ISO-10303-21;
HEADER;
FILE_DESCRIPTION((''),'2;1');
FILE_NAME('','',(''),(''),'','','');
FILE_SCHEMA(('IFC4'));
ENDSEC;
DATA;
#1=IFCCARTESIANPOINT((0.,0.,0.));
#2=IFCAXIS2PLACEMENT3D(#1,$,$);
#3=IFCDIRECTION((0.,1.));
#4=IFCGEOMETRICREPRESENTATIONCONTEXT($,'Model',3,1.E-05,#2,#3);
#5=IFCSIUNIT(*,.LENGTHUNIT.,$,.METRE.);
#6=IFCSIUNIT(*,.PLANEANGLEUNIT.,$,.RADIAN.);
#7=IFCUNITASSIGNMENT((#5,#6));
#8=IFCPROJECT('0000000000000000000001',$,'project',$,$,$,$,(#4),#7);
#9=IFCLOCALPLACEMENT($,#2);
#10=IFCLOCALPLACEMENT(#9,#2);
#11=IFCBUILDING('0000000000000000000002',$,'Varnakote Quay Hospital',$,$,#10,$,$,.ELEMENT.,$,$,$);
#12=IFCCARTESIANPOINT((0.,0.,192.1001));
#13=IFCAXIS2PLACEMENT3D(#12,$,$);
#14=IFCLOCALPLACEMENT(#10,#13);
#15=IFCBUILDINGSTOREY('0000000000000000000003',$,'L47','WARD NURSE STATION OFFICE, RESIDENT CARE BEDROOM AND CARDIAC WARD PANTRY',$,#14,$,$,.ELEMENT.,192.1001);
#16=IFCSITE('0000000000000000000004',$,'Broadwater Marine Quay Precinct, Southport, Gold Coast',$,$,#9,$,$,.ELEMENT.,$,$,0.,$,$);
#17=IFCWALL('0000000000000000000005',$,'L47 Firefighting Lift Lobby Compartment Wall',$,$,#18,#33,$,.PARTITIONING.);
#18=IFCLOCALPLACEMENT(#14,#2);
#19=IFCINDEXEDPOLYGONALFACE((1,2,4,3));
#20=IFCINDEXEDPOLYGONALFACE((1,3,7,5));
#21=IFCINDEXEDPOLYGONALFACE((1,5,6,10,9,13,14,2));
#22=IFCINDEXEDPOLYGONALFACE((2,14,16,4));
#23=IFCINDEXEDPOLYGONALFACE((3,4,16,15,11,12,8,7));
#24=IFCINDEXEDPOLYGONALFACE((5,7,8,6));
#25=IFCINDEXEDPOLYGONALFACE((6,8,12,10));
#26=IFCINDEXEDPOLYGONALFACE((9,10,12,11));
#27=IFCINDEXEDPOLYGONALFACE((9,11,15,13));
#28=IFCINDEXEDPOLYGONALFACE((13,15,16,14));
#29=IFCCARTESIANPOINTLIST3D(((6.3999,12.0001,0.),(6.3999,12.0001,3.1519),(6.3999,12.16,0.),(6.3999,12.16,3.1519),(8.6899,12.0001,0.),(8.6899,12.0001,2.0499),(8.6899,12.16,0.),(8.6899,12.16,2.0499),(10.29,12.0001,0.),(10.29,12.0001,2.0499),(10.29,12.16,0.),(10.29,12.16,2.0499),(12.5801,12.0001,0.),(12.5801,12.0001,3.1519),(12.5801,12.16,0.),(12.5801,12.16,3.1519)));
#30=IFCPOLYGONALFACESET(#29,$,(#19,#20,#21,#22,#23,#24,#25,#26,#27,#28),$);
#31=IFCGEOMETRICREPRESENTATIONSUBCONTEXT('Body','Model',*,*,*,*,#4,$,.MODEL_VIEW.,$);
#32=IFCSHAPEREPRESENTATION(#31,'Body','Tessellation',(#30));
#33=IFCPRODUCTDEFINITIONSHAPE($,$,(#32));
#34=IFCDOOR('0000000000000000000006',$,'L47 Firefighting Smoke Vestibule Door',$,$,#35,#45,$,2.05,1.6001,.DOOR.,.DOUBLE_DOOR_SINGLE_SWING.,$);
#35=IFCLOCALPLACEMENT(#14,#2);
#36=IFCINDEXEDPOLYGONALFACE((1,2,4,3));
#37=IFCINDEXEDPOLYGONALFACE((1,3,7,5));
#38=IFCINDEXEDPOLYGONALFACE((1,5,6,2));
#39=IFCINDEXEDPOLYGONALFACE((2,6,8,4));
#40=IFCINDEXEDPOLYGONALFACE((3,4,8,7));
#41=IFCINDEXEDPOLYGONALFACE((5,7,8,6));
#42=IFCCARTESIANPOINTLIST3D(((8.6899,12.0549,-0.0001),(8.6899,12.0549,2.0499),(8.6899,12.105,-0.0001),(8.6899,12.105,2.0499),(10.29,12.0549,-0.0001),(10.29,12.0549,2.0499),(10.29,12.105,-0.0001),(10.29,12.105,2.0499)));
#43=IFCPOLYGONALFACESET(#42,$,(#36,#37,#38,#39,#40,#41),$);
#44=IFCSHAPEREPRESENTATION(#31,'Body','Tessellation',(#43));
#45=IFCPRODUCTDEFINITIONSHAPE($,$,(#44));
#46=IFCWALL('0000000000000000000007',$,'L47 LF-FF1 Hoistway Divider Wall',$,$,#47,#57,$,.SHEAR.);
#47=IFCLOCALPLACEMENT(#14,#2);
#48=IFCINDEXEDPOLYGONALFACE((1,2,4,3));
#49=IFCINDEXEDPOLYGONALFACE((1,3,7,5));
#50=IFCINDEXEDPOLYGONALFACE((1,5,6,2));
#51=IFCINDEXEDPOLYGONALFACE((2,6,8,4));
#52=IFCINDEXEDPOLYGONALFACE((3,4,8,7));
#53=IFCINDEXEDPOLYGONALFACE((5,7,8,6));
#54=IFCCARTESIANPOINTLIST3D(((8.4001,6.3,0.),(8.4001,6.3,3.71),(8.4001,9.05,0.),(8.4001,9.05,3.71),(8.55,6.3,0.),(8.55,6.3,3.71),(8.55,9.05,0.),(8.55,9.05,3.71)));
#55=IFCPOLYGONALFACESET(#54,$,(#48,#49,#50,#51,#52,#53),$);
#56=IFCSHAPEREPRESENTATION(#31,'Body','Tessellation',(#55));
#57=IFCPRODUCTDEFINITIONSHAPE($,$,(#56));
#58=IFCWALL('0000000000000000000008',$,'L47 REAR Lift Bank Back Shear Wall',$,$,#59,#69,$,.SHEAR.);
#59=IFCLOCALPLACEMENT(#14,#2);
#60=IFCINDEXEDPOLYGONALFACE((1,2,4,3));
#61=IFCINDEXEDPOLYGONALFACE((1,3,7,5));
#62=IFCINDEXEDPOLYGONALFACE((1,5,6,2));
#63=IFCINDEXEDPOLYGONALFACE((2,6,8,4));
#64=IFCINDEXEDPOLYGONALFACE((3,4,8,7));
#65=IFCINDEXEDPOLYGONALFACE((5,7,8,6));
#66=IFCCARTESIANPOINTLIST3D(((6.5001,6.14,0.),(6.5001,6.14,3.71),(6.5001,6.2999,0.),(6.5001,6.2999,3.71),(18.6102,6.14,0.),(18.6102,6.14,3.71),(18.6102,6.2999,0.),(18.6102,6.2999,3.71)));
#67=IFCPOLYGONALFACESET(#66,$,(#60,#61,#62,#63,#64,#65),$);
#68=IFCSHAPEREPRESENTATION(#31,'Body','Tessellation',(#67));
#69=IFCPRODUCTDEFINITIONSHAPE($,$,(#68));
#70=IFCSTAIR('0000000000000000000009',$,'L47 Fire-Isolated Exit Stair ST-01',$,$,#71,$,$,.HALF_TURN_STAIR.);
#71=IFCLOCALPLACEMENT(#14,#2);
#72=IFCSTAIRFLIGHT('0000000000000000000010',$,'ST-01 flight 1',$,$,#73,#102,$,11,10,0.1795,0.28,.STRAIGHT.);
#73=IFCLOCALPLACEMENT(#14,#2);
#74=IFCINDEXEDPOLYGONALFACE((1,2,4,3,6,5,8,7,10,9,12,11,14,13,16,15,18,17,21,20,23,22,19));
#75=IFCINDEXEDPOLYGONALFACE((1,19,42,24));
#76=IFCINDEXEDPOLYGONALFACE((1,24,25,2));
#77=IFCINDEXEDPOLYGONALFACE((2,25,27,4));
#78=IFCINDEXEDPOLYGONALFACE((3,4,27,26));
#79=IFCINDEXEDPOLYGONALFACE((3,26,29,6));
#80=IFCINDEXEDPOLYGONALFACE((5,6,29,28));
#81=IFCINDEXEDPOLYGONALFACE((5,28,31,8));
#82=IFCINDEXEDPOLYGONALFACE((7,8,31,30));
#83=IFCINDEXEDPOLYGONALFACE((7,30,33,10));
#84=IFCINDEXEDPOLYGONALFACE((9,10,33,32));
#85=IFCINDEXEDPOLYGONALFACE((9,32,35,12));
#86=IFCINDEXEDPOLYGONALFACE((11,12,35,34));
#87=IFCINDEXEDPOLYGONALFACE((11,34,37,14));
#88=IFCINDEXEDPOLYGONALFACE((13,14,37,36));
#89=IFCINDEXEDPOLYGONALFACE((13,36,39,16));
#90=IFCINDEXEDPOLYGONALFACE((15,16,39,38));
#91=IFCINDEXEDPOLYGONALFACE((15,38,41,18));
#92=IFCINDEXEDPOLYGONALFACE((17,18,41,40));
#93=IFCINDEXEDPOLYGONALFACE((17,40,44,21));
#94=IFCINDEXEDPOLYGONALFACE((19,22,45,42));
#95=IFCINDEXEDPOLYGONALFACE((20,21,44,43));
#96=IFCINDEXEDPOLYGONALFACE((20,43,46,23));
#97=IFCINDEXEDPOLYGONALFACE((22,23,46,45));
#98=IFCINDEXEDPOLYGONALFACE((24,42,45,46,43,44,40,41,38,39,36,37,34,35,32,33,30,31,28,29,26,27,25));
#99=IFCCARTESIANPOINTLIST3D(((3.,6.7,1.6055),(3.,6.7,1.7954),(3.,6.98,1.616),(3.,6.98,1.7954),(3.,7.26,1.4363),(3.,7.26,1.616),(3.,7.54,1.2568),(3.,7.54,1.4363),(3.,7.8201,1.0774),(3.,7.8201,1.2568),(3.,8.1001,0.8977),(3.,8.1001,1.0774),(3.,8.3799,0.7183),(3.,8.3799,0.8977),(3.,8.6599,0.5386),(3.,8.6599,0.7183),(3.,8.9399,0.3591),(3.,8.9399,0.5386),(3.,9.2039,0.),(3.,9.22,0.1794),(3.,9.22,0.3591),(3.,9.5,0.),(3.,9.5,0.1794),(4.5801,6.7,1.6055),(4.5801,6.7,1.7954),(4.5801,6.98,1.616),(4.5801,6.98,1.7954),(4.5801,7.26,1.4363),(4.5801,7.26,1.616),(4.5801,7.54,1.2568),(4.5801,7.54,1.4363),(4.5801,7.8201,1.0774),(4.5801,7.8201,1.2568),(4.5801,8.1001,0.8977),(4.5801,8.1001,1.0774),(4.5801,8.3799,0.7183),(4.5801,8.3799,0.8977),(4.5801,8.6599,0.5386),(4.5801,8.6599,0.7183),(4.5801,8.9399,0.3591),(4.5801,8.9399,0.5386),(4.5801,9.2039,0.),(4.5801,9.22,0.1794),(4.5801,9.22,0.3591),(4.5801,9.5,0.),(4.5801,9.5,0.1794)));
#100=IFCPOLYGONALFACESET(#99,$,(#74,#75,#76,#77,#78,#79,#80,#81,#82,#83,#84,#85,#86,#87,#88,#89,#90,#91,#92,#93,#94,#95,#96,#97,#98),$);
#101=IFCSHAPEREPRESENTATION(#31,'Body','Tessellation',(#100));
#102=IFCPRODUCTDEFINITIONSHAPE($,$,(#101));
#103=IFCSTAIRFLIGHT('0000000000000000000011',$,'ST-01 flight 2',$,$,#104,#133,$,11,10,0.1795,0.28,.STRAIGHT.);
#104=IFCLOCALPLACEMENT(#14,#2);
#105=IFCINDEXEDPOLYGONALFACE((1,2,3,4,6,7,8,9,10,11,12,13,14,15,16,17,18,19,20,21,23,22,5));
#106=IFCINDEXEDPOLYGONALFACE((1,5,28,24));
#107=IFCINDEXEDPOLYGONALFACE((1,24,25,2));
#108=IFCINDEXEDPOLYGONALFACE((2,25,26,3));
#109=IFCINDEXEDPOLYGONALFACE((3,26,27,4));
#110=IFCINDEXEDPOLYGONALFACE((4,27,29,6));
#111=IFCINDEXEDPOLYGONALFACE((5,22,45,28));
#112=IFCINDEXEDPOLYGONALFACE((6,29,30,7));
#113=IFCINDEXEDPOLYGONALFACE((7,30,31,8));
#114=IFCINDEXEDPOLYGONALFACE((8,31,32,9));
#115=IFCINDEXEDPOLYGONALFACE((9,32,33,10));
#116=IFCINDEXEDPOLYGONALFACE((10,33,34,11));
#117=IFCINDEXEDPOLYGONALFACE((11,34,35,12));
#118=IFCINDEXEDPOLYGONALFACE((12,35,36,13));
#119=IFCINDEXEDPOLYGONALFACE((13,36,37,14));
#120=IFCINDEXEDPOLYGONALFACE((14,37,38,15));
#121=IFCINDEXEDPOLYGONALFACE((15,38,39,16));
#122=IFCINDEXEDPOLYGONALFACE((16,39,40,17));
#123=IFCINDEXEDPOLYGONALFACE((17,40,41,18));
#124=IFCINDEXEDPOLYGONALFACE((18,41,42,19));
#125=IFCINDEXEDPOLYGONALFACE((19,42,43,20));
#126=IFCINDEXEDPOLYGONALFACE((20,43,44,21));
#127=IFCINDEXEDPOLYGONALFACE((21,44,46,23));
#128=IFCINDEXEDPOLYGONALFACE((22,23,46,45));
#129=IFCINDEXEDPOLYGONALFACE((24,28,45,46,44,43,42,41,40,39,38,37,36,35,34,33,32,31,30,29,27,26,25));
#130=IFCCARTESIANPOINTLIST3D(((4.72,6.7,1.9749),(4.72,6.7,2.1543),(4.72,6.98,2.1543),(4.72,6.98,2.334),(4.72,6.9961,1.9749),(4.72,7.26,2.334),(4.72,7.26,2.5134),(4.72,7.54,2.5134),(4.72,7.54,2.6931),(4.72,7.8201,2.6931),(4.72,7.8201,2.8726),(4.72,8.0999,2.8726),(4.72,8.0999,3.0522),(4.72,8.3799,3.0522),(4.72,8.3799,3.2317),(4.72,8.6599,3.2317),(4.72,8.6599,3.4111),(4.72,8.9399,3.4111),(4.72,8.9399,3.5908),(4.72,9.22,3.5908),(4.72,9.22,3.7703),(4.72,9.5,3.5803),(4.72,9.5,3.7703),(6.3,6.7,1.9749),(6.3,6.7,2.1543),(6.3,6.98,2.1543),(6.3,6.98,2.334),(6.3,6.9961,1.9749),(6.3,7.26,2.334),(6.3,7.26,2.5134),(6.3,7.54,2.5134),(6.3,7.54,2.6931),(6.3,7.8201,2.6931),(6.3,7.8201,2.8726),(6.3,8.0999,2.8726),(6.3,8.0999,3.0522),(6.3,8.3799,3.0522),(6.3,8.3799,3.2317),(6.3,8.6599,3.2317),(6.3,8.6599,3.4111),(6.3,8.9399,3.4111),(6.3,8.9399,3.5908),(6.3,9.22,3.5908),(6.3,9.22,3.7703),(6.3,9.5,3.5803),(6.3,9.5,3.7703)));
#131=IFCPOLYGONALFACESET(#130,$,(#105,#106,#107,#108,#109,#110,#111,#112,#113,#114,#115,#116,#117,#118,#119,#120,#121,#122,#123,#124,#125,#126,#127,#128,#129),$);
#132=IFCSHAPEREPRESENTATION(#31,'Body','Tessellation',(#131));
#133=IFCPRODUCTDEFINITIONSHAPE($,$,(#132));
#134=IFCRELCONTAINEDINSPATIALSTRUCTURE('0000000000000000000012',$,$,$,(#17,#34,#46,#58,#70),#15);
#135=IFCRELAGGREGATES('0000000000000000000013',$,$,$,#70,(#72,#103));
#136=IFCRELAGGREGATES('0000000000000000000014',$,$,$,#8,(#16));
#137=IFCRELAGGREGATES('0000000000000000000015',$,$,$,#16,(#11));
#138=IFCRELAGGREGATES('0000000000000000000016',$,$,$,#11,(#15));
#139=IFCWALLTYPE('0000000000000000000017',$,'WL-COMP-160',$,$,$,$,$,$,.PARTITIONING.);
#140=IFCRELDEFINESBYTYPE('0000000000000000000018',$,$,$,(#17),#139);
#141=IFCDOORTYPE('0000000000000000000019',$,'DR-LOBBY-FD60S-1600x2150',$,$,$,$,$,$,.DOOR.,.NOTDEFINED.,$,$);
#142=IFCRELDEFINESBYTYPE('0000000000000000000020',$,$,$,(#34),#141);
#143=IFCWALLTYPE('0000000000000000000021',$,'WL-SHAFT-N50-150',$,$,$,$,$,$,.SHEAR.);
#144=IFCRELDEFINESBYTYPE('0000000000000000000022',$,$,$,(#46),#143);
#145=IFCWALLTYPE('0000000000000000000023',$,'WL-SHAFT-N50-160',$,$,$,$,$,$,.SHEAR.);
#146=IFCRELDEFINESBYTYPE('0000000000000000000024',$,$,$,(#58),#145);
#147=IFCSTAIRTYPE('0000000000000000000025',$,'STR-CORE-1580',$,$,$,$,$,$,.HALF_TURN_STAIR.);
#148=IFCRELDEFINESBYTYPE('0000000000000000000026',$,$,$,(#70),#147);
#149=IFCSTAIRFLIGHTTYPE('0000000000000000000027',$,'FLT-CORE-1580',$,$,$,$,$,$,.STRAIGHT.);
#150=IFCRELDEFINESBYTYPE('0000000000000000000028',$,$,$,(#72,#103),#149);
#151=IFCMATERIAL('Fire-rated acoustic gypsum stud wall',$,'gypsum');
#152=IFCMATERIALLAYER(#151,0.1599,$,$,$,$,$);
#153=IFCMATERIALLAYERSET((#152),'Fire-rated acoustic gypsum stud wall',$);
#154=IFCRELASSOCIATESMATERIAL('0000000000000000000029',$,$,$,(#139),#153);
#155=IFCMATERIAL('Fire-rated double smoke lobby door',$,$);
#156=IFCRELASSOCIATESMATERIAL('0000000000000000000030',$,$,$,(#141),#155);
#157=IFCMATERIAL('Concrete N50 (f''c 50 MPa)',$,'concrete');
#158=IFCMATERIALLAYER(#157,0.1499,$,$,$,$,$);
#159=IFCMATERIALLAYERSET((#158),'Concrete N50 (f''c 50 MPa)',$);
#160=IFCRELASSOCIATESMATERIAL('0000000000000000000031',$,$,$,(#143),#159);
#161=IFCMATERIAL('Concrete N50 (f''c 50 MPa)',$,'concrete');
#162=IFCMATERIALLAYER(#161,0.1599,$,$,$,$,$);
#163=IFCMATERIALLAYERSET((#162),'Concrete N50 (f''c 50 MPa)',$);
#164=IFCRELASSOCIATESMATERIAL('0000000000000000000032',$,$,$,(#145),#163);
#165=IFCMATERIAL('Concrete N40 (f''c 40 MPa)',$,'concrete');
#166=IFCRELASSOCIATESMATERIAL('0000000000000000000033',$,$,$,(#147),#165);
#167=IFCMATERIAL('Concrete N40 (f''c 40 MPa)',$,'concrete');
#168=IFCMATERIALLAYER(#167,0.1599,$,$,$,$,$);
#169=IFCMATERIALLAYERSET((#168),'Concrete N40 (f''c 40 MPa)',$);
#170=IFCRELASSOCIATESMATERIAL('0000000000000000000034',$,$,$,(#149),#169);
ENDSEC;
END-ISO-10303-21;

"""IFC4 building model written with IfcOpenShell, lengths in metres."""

from ifc_helpers import new_model, si_unit, direction, frame, frame_2d, origin, place, context, subcontext, project, spatial, polyline, rectangle, outline, extrude, material, layer, layer_set, type_object, element, fill, aggregate, save


model = new_model("IFC4")

# Units and contexts
model_context = context("Model", 3, precision=1e-05, world=origin(), true_north=direction((0.0, 1.0)))
body_context = subcontext(model_context, "Body", "Model", "MODEL_VIEW")
ifc_project = project(units=[si_unit("LENGTHUNIT", "METRE"), si_unit("PLANEANGLEUNIT", "RADIAN")], contexts=[model_context])

# Site, building, storey
site_placement = place(None, origin())
site = spatial("IfcSite", under=ifc_project, at=site_placement, Name="Broadwater Marine Quay Precinct, Southport, Gold Coast", CompositionType="ELEMENT", RefElevation=0.0)
building_placement = place(site_placement, origin())
building = spatial("IfcBuilding", under=site, at=building_placement, Name="Varnakote Quay Hospital", CompositionType="ELEMENT")
storey_placement = place(building_placement, frame((0.0, 0.0, 192.1001)))
storey = spatial("IfcBuildingStorey", under=building, at=storey_placement, Name="L47", Description="WARD NURSE STATION OFFICE, RESIDENT CARE BEDROOM AND CARDIAC WARD PANTRY", CompositionType="ELEMENT", Elevation=192.1001)

# Shared definitions
ifc_material_1 = material(Name="Fire-rated acoustic gypsum stud wall", Category="gypsum")
ifc_layer_1 = layer(ifc_material_1, 0.1599)
ifc_layer_set_1 = layer_set([ifc_layer_1], Name="Fire-rated acoustic gypsum stud wall")
wall_type_1 = type_object("IfcWallType", Name="WL-COMP-160", PredefinedType="PARTITIONING", material=ifc_layer_set_1)

# Shared definitions
ifc_material_2 = material(Name="Fire-rated double smoke lobby door")
door_type_1 = type_object("IfcDoorType", Name="DR-LOBBY-FD60S-1600x2150", OperationType="NOTDEFINED", PredefinedType="DOOR", material=ifc_material_2)

# Wall, opening, door
wall_1_placement = place(storey_placement, frame((6.3999, 12.0801, 0.0), z_axis=(0.0, 0.0, 1.0), x_axis=(1.0, 0.0, 0.0)))
wall_1 = element("IfcWall", 1, at=wall_1_placement, inside=storey, type_object=wall_type_1, Name="L47 Firefighting Lift Lobby Compartment Wall", PredefinedType="PARTITIONING", context=body_context, shape_type="SweptSolid", body=[
    extrude(rectangle(XDim=6.1802, YDim=0.1599, at=frame_2d((3.0901, 0.0))), origin(), (0.0, 0.0, 1.0), 3.1519),
])
opening_1_placement = place(wall_1_placement, frame((2.29, 0.0, 0.0)))
opening_1 = element("IfcOpeningElement", 2, at=opening_1_placement, cuts=wall_1, PredefinedType="OPENING", context=body_context, shape_type="SweptSolid", body=[
    extrude(rectangle(XDim=1.6001, YDim=2.05, at=frame_2d((0.8, 1.0249))), frame((0.0, 0.0898, 0.0), z_axis=(0.0, -1.0, 0.0), x_axis=(1.0, 0.0, 0.0)), (0.0, 0.0, 1.0), 0.1799),
])
door_1_placement = place(opening_1_placement, origin())
door_1 = element("IfcDoor", 3, at=door_1_placement, inside=storey, type_object=door_type_1, Name="L47 Firefighting Smoke Vestibule Door", OperationType="DOUBLE_DOOR_SINGLE_SWING", OverallHeight=2.05, OverallWidth=1.6001, PredefinedType="DOOR", context=body_context, shape_type="SweptSolid", body=[
    extrude(rectangle(XDim=1.6001, YDim=2.05, at=frame_2d((0.8, 1.0249))), frame((0.0, 0.0249, 0.0), z_axis=(0.0, -1.0, 0.0), x_axis=(1.0, 0.0, 0.0)), (0.0, 0.0, 1.0), 0.05),
])
fill(opening_1, door_1)

# Walls
ifc_material_3 = material(Name="Concrete N50 (f'c 50 MPa)", Category="concrete")
ifc_layer_2 = layer(ifc_material_3, 0.1499)
ifc_layer_set_2 = layer_set([ifc_layer_2], Name="Concrete N50 (f'c 50 MPa)")
wall_type_2 = type_object("IfcWallType", Name="WL-SHAFT-N50-150", PredefinedType="SHEAR", material=ifc_layer_set_2)
wall_2_placement = place(storey_placement, frame((8.4751, 6.3, 0.0), z_axis=(0.0, 0.0, 1.0), x_axis=(0.0, 1.0, 0.0)))
element("IfcWall", 4, at=wall_2_placement, inside=storey, type_object=wall_type_2, Name="L47 LF-FF1 Hoistway Divider Wall", PredefinedType="SHEAR", context=body_context, shape_type="SweptSolid", body=[
    extrude(rectangle(XDim=2.75, YDim=0.1499, at=frame_2d((1.375, 0.0))), origin(), (0.0, 0.0, 1.0), 3.71),
])
ifc_material_4 = material(Name="Concrete N50 (f'c 50 MPa)", Category="concrete")
ifc_layer_3 = layer(ifc_material_4, 0.1599)
ifc_layer_set_3 = layer_set([ifc_layer_3], Name="Concrete N50 (f'c 50 MPa)")
wall_type_3 = type_object("IfcWallType", Name="WL-SHAFT-N50-160", PredefinedType="SHEAR", material=ifc_layer_set_3)
wall_3_placement = place(storey_placement, frame((6.5, 6.22, 0.0), z_axis=(0.0, 0.0, 1.0), x_axis=(1.0, 0.0, 0.0)))
element("IfcWall", 5, at=wall_3_placement, inside=storey, type_object=wall_type_3, Name="L47 REAR Lift Bank Back Shear Wall", PredefinedType="SHEAR", context=body_context, shape_type="SweptSolid", body=[
    extrude(rectangle(XDim=12.1101, YDim=0.1599, at=frame_2d((6.0552, 0.0))), origin(), (0.0, 0.0, 1.0), 3.71),
])

# Stair, stair flights
ifc_material_5 = material(Name="Concrete N40 (f'c 40 MPa)", Category="concrete")
stair_type = type_object("IfcStairType", Name="STR-CORE-1580", PredefinedType="HALF_TURN_STAIR", material=ifc_material_5)
stair_placement = place(storey_placement, origin())
stair = element("IfcStair", 6, at=stair_placement, inside=storey, type_object=stair_type, Name="L47 Fire-Isolated Exit Stair ST-01", PredefinedType="HALF_TURN_STAIR")
ifc_material_6 = material(Name="Concrete N40 (f'c 40 MPa)", Category="concrete")
ifc_layer_4 = layer(ifc_material_6, 0.1599)
ifc_layer_set_4 = layer_set([ifc_layer_4], Name="Concrete N40 (f'c 40 MPa)")
stair_flight_type = type_object("IfcStairFlightType", Name="FLT-CORE-1580", PredefinedType="STRAIGHT", material=ifc_layer_set_4)
stair_flight_1_placement = place(storey_placement, frame((3.79, 9.5, 0.0), z_axis=(0.0, 0.0, 1.0), x_axis=(0.0, -1.0, 0.0)))
stair_flight_1 = element("IfcStairFlight", 7, at=stair_flight_1_placement, type_object=stair_flight_type, Name="ST-01 flight 1", NumberOfRisers=11, NumberOfTreads=10, PredefinedType="STRAIGHT", RiserHeight=0.1795, TreadLength=0.28, context=body_context, shape_type="SweptSolid", body=[
    extrude(outline(polyline([(0.0, 0.0), (0.0, 0.1794), (0.28, 0.1794), (0.28, 0.3591), (0.5601, 0.3591), (0.5601, 0.5386), (0.8401, 0.5386), (0.8401, 0.7183), (1.1201, 0.7183), (1.1201, 0.8977), (1.3999, 0.8977), (1.3999, 1.0774), (1.6799, 1.0774), (1.6799, 1.2568), (1.96, 1.2568), (1.96, 1.4363), (2.24, 1.4363), (2.24, 1.616), (2.52, 1.616), (2.52, 1.7954), (2.8, 1.7954), (2.8, 1.9751), (2.8, 1.6055), (0.2961, 0.0), (0.0, 0.0)])), frame((0.0, 0.79, 0.0), z_axis=(0.0, -1.0, 0.0), x_axis=(1.0, 0.0, 0.0)), (0.0, 0.0, 1.0), 1.5801),
])
stair_flight_2_placement = place(storey_placement, frame((5.51, 6.7, 1.9749), z_axis=(0.0, 0.0, 1.0), x_axis=(0.0, 1.0, 0.0)))
stair_flight_2 = element("IfcStairFlight", 8, at=stair_flight_2_placement, type_object=stair_flight_type, Name="ST-01 flight 2", NumberOfRisers=11, NumberOfTreads=10, PredefinedType="STRAIGHT", RiserHeight=0.1795, TreadLength=0.28, context=body_context, shape_type="SweptSolid", body=[
    extrude(outline(polyline([(0.0, 0.0), (0.0, 0.1794), (0.28, 0.1794), (0.28, 0.3591), (0.5601, 0.3591), (0.5601, 0.5386), (0.8401, 0.5386), (0.8401, 0.7183), (1.1201, 0.7183), (1.1201, 0.8977), (1.3999, 0.8977), (1.3999, 1.0774), (1.6799, 1.0774), (1.6799, 1.2568), (1.96, 1.2568), (1.96, 1.4363), (2.24, 1.4363), (2.24, 1.616), (2.52, 1.616), (2.52, 1.7954), (2.8, 1.7954), (2.8, 1.9751), (2.8, 1.6055), (0.2961, 0.0), (0.0, 0.0)])), frame((0.0, 0.79, 0.0), z_axis=(0.0, -1.0, 0.0), x_axis=(1.0, 0.0, 0.0)), (0.0, 0.0, 1.0), 1.5801),
])
aggregate(stair, [stair_flight_1, stair_flight_2])

save(model, "model.ifc")
